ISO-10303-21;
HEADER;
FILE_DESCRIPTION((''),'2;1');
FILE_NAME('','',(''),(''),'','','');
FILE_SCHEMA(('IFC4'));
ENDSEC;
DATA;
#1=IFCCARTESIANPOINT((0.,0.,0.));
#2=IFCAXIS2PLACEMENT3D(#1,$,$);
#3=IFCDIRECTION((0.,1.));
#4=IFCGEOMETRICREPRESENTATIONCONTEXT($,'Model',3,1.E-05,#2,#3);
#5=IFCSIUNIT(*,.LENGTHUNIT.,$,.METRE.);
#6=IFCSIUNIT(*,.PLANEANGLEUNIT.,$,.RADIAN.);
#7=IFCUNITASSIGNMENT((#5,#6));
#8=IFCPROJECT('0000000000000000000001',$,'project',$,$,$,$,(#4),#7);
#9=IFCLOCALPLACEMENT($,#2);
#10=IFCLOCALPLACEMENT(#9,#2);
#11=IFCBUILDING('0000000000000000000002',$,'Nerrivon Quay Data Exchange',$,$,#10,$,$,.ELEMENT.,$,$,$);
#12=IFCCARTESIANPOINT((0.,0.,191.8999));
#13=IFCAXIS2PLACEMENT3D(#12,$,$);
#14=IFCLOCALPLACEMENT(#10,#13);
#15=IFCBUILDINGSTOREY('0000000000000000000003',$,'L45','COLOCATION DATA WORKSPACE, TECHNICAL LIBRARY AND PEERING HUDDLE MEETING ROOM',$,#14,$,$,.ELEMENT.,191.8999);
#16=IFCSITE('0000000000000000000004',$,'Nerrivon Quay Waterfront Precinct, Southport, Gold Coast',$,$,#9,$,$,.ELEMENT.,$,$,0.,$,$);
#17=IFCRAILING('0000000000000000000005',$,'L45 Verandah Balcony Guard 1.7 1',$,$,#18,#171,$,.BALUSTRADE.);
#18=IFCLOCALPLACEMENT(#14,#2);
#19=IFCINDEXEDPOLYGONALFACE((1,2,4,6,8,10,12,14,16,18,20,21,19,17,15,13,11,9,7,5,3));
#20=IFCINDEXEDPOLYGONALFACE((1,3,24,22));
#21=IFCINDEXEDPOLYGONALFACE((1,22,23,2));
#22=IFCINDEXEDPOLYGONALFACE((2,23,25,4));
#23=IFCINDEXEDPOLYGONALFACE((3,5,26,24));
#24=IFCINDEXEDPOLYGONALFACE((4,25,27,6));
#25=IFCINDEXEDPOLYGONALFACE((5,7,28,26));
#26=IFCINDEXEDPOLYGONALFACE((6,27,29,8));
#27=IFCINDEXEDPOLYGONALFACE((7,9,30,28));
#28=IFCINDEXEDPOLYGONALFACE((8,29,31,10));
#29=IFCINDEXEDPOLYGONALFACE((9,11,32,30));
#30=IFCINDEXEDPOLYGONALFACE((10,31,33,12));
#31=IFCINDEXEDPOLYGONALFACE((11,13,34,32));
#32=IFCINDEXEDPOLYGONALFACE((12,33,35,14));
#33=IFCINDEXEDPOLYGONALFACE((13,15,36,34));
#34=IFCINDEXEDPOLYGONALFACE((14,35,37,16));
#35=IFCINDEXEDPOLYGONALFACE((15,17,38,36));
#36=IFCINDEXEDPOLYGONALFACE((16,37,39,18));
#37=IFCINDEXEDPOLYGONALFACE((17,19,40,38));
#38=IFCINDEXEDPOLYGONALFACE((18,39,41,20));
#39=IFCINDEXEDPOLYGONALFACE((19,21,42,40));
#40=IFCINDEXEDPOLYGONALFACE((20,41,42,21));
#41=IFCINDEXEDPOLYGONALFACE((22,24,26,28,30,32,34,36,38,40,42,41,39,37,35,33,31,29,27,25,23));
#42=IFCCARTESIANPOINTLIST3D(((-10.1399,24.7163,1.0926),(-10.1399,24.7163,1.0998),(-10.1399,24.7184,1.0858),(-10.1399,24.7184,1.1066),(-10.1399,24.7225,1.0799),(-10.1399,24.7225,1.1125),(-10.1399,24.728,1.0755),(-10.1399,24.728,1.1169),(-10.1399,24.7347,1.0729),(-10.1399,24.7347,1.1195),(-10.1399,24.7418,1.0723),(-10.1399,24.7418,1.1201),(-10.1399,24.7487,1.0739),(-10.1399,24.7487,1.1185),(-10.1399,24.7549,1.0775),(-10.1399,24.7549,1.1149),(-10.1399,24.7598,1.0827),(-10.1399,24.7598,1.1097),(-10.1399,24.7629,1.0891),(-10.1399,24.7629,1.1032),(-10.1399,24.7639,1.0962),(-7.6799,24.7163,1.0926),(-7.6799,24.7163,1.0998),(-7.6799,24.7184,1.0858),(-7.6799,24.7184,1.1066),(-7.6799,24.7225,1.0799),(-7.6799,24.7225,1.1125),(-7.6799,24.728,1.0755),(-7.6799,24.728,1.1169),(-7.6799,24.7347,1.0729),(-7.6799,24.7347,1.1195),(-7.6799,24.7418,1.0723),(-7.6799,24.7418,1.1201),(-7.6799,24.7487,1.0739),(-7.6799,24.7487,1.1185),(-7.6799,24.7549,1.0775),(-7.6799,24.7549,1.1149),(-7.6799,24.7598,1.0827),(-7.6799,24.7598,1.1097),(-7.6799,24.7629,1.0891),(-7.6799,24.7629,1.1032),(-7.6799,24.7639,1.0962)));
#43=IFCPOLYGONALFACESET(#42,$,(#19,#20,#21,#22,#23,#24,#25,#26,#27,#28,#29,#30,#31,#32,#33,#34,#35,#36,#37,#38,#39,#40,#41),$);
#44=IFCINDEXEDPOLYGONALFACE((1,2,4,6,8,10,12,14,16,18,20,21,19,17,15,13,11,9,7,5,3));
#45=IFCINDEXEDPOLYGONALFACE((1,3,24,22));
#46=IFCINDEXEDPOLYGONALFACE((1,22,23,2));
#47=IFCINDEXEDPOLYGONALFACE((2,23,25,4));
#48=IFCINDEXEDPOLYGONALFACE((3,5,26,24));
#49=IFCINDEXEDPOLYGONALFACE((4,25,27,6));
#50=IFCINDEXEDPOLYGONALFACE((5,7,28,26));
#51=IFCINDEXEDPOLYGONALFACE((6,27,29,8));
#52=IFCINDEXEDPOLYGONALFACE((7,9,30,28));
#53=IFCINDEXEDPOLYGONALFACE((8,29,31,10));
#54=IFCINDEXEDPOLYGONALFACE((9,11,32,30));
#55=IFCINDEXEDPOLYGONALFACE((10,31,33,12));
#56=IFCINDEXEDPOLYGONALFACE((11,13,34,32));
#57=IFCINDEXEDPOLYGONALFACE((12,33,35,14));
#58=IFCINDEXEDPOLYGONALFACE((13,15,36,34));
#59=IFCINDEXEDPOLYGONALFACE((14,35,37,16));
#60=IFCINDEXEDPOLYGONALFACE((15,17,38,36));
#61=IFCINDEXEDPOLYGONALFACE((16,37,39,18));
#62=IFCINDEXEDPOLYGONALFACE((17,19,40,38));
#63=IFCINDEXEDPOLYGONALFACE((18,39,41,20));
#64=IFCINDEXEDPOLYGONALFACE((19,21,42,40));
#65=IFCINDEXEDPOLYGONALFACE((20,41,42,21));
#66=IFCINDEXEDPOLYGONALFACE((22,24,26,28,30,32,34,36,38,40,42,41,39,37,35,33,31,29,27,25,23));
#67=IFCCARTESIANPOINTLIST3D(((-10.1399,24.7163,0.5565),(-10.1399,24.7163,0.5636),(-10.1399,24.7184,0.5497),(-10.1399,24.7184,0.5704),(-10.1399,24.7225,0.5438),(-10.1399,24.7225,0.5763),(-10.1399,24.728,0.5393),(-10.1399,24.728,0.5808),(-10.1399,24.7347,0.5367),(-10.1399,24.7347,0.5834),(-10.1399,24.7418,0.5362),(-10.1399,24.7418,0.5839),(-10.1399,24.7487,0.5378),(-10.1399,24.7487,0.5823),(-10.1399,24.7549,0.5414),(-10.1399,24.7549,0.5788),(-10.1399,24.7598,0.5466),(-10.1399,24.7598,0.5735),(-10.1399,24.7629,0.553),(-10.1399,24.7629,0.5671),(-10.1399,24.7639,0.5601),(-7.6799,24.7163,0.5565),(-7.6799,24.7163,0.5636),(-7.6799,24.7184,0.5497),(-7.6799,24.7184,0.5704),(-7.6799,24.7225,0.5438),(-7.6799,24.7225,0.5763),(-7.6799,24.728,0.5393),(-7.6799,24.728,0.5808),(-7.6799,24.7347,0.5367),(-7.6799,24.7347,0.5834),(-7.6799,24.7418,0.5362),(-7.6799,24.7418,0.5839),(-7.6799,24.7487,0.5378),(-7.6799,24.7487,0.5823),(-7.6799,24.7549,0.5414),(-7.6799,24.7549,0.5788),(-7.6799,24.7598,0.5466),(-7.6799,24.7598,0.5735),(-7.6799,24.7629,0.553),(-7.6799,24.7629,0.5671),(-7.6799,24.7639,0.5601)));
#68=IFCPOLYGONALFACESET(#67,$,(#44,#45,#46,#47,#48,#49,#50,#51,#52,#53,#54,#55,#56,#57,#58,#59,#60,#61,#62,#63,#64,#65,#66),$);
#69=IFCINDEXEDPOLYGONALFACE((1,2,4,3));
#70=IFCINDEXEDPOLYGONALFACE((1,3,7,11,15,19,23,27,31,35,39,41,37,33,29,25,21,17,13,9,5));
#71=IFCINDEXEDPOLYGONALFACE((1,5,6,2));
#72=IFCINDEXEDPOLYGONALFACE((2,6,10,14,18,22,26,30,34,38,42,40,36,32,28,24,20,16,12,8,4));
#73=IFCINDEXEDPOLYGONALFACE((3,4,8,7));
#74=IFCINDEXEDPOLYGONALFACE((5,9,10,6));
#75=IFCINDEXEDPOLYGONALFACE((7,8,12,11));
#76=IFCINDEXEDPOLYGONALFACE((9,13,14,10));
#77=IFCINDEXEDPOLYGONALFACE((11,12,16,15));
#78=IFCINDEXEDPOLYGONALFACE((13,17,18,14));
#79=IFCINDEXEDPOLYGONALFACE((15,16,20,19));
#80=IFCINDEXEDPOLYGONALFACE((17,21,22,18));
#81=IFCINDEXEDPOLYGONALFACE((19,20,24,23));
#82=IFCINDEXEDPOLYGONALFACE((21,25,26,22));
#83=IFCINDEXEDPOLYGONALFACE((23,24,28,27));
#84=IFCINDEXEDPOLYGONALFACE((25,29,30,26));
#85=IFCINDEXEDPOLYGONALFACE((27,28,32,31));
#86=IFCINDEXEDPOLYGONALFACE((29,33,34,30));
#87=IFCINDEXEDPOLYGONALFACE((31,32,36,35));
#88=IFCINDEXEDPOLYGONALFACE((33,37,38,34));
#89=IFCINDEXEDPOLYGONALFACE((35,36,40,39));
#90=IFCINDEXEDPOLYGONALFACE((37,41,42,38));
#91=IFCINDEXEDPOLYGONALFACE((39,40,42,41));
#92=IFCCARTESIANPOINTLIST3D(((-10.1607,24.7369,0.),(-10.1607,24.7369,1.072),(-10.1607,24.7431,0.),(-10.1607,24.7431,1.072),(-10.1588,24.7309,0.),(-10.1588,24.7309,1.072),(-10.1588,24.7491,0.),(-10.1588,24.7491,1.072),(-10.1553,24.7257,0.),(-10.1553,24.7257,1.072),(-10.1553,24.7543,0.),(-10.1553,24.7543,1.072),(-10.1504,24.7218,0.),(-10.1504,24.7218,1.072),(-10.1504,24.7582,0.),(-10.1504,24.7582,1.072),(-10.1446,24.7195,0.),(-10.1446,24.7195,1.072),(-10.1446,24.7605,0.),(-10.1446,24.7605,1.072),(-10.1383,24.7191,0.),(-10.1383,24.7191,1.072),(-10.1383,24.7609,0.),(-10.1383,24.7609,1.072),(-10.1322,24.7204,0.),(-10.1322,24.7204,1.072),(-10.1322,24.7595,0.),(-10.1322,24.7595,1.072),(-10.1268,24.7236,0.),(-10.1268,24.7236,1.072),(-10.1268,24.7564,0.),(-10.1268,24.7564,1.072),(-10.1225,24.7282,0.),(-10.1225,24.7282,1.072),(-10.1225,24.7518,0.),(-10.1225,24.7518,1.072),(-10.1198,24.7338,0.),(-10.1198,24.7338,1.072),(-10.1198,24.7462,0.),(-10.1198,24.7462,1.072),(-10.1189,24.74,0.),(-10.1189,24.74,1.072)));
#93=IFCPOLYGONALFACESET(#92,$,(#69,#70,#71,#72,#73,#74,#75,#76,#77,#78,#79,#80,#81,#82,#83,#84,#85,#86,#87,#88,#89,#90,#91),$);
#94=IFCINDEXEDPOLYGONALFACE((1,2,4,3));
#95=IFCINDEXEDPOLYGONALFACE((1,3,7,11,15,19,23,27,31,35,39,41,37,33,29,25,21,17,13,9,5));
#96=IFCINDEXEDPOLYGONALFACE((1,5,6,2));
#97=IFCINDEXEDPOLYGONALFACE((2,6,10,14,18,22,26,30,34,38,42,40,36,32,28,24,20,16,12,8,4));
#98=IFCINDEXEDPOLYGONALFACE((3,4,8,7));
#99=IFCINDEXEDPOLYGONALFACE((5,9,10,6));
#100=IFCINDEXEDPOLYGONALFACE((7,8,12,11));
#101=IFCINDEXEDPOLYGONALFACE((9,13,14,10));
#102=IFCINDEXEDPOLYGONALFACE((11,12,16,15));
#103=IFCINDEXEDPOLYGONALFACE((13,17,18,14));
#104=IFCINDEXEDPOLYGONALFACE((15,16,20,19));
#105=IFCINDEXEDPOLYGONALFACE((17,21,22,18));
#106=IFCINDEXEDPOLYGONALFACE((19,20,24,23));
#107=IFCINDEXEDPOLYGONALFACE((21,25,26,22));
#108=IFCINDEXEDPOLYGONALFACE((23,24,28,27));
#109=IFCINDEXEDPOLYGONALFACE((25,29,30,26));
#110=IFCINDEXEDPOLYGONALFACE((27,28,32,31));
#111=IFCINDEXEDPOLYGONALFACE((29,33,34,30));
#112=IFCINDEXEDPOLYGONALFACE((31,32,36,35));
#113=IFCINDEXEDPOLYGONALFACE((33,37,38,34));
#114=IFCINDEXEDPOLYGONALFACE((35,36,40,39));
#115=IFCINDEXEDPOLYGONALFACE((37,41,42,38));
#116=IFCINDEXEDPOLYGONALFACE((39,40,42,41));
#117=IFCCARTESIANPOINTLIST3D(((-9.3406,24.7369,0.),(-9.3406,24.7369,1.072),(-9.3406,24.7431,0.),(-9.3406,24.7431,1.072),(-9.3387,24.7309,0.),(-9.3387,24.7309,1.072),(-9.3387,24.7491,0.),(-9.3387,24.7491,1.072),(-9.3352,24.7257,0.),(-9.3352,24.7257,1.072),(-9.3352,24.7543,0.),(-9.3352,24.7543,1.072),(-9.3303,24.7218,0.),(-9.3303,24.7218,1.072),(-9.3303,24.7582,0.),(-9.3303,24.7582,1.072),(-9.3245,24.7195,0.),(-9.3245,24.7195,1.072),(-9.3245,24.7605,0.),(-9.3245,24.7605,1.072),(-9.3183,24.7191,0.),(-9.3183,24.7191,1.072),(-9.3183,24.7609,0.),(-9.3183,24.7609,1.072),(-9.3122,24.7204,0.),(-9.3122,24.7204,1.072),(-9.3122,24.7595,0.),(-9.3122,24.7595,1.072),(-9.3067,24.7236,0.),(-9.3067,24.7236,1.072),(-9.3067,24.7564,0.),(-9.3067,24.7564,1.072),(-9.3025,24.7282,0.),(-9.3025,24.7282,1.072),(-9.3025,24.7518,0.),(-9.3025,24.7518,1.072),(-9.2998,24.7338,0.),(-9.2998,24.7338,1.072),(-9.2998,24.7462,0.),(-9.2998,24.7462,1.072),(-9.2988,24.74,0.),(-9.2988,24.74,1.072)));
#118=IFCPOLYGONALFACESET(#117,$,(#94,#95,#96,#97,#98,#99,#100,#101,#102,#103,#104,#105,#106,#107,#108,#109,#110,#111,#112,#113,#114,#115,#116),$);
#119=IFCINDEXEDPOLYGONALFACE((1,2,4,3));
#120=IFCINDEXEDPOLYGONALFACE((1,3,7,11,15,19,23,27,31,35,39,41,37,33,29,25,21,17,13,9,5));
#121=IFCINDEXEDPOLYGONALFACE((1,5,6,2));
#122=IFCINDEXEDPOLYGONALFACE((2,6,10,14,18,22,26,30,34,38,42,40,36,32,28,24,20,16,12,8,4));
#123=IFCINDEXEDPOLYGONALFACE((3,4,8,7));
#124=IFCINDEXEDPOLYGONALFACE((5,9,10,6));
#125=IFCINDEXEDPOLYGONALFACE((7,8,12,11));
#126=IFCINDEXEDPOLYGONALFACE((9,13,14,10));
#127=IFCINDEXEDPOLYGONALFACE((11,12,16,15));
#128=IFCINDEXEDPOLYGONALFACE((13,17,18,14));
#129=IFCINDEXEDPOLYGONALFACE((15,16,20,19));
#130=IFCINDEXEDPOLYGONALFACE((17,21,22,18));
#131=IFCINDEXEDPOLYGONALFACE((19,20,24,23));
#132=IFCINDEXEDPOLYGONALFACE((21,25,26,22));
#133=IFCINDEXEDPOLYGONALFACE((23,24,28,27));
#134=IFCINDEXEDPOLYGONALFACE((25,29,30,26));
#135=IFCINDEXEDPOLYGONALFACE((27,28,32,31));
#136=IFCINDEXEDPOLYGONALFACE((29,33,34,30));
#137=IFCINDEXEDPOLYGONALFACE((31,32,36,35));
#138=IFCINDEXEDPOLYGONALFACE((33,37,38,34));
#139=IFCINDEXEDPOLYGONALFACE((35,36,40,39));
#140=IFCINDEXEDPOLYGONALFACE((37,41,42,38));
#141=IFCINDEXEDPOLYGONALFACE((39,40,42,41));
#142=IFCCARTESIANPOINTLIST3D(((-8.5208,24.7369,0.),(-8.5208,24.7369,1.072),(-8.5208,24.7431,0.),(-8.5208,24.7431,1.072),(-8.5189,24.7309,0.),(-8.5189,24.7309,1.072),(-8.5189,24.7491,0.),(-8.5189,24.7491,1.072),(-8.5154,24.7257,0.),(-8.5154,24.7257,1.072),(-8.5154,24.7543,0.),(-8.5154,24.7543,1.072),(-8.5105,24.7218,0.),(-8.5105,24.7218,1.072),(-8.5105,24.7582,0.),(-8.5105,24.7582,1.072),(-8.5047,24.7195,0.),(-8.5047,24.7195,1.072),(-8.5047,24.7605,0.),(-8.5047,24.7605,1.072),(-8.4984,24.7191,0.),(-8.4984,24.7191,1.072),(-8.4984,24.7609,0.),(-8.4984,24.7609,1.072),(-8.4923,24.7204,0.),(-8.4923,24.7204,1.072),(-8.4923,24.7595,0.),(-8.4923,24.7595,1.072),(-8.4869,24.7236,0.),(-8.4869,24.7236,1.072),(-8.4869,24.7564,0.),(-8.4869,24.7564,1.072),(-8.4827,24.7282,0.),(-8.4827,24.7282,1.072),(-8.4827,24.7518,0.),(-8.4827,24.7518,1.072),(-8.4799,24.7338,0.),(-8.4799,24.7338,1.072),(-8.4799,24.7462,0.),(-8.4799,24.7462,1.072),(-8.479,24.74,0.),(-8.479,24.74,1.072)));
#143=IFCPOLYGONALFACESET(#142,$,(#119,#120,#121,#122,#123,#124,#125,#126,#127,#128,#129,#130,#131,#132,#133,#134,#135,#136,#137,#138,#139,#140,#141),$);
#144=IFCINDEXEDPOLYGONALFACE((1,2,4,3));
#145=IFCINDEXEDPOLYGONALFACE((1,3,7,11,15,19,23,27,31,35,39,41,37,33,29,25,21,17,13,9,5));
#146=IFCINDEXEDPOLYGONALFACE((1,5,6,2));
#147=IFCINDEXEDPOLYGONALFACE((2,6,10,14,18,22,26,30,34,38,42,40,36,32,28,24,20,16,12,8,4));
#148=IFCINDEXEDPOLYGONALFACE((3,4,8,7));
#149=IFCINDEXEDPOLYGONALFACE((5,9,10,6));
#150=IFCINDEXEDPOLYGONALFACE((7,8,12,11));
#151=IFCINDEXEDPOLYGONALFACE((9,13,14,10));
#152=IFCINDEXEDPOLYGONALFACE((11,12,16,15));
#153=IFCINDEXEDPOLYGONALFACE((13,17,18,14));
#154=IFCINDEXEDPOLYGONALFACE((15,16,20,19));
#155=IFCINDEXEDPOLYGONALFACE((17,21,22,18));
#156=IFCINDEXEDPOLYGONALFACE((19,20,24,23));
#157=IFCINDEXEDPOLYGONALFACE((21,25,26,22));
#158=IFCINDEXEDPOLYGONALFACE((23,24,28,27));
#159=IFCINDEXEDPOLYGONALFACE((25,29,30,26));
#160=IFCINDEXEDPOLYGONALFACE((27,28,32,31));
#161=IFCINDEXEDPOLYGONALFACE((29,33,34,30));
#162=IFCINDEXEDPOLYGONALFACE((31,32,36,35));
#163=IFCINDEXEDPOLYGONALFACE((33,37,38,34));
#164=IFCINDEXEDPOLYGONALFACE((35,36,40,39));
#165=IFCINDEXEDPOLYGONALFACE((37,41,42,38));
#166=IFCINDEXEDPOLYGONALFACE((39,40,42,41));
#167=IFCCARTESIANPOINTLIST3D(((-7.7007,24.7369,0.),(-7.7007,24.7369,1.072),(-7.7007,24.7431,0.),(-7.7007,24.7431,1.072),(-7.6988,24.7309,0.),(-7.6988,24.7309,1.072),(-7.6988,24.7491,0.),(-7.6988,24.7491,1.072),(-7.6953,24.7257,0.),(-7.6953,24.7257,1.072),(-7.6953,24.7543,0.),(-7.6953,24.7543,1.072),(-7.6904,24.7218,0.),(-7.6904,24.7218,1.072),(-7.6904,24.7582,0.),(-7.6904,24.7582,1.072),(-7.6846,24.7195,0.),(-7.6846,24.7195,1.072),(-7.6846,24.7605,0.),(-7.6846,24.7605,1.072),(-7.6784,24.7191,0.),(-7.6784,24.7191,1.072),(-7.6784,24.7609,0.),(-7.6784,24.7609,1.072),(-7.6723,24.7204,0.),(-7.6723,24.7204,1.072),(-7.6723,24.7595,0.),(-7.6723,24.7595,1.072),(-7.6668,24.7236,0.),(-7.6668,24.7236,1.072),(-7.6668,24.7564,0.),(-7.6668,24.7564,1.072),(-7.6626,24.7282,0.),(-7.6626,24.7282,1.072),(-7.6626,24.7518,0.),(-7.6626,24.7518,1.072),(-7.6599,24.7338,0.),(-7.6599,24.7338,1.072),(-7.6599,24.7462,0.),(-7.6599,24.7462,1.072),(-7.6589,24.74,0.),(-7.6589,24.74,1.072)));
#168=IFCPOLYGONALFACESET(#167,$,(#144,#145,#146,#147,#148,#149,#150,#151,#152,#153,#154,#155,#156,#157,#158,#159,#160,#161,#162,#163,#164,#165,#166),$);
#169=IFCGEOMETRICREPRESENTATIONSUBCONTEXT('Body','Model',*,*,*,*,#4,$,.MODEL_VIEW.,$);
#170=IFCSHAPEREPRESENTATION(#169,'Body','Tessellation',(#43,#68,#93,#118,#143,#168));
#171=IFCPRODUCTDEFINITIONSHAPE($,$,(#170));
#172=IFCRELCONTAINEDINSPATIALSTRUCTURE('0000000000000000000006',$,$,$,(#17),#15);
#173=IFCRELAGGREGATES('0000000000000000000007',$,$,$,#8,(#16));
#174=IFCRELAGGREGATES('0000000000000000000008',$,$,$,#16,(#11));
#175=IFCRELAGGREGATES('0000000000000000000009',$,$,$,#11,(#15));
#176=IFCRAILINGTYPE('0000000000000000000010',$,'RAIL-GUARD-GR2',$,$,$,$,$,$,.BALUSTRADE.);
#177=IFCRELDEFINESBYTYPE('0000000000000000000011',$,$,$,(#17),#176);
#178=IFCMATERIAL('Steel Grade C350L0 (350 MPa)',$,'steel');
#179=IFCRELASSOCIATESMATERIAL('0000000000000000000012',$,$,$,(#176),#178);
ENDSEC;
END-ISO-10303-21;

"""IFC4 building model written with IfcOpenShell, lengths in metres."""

from ifc_helpers import new_model, si_unit, direction, frame, origin, origin_2d, place, context, subcontext, project, spatial, circle, extrude, material, type_object, element, save


model = new_model("IFC4")

# Units and contexts
model_context = context("Model", 3, precision=1e-05, world=origin(), true_north=direction((0.0, 1.0)))
body_context = subcontext(model_context, "Body", "Model", "MODEL_VIEW")
ifc_project = project(units=[si_unit("LENGTHUNIT", "METRE"), si_unit("PLANEANGLEUNIT", "RADIAN")], contexts=[model_context])

# Site, building, storey
site_placement = place(None, origin())
site = spatial("IfcSite", under=ifc_project, at=site_placement, Name="Nerrivon Quay Waterfront Precinct, Southport, Gold Coast", CompositionType="ELEMENT", RefElevation=0.0)
building_placement = place(site_placement, origin())
building = spatial("IfcBuilding", under=site, at=building_placement, Name="Nerrivon Quay Data Exchange", CompositionType="ELEMENT")
storey_placement = place(building_placement, frame((0.0, 0.0, 191.8999)))
storey = spatial("IfcBuildingStorey", under=building, at=storey_placement, Name="L45", Description="COLOCATION DATA WORKSPACE, TECHNICAL LIBRARY AND PEERING HUDDLE MEETING ROOM", CompositionType="ELEMENT", Elevation=191.8999)

# Railing
ifc_material_1 = material(Name="Steel Grade C350L0 (350 MPa)", Category="steel")
railing_type = type_object("IfcRailingType", Name="RAIL-GUARD-GR2", PredefinedType="BALUSTRADE", material=ifc_material_1)
railing_1_placement = place(storey_placement, frame((-10.1399, 24.74, 0.0)))
element("IfcRailing", 1, at=railing_1_placement, inside=storey, type_object=railing_type, Name="L45 Verandah Balcony Guard 1.7 1", PredefinedType="BALUSTRADE", context=body_context, shape_type="SweptSolid", body=[
    extrude(circle(Radius=0.0239, at=origin_2d()), frame((0.0, 0.0, 1.0962), z_axis=(1.0, 0.0, 0.0), x_axis=(0.0, 1.0, 0.0)), (0.0, 0.0, 1.0), 2.46),
    extrude(circle(Radius=0.0239, at=origin_2d()), frame((0.0, 0.0, 0.5601), z_axis=(1.0, 0.0, 0.0), x_axis=(0.0, 1.0, 0.0)), (0.0, 0.0, 1.0), 2.46),
    extrude(circle(Radius=0.021, at=origin_2d()), origin(), (0.0, 0.0, 1.0), 1.072),
    extrude(circle(Radius=0.021, at=origin_2d()), frame((0.8201, 0.0, 0.0)), (0.0, 0.0, 1.0), 1.072),
    extrude(circle(Radius=0.021, at=origin_2d()), frame((1.6399, 0.0, 0.0)), (0.0, 0.0, 1.0), 1.072),
    extrude(circle(Radius=0.021, at=origin_2d()), frame((2.46, 0.0, 0.0)), (0.0, 0.0, 1.0), 1.072),
])

save(model, "model.ifc")
